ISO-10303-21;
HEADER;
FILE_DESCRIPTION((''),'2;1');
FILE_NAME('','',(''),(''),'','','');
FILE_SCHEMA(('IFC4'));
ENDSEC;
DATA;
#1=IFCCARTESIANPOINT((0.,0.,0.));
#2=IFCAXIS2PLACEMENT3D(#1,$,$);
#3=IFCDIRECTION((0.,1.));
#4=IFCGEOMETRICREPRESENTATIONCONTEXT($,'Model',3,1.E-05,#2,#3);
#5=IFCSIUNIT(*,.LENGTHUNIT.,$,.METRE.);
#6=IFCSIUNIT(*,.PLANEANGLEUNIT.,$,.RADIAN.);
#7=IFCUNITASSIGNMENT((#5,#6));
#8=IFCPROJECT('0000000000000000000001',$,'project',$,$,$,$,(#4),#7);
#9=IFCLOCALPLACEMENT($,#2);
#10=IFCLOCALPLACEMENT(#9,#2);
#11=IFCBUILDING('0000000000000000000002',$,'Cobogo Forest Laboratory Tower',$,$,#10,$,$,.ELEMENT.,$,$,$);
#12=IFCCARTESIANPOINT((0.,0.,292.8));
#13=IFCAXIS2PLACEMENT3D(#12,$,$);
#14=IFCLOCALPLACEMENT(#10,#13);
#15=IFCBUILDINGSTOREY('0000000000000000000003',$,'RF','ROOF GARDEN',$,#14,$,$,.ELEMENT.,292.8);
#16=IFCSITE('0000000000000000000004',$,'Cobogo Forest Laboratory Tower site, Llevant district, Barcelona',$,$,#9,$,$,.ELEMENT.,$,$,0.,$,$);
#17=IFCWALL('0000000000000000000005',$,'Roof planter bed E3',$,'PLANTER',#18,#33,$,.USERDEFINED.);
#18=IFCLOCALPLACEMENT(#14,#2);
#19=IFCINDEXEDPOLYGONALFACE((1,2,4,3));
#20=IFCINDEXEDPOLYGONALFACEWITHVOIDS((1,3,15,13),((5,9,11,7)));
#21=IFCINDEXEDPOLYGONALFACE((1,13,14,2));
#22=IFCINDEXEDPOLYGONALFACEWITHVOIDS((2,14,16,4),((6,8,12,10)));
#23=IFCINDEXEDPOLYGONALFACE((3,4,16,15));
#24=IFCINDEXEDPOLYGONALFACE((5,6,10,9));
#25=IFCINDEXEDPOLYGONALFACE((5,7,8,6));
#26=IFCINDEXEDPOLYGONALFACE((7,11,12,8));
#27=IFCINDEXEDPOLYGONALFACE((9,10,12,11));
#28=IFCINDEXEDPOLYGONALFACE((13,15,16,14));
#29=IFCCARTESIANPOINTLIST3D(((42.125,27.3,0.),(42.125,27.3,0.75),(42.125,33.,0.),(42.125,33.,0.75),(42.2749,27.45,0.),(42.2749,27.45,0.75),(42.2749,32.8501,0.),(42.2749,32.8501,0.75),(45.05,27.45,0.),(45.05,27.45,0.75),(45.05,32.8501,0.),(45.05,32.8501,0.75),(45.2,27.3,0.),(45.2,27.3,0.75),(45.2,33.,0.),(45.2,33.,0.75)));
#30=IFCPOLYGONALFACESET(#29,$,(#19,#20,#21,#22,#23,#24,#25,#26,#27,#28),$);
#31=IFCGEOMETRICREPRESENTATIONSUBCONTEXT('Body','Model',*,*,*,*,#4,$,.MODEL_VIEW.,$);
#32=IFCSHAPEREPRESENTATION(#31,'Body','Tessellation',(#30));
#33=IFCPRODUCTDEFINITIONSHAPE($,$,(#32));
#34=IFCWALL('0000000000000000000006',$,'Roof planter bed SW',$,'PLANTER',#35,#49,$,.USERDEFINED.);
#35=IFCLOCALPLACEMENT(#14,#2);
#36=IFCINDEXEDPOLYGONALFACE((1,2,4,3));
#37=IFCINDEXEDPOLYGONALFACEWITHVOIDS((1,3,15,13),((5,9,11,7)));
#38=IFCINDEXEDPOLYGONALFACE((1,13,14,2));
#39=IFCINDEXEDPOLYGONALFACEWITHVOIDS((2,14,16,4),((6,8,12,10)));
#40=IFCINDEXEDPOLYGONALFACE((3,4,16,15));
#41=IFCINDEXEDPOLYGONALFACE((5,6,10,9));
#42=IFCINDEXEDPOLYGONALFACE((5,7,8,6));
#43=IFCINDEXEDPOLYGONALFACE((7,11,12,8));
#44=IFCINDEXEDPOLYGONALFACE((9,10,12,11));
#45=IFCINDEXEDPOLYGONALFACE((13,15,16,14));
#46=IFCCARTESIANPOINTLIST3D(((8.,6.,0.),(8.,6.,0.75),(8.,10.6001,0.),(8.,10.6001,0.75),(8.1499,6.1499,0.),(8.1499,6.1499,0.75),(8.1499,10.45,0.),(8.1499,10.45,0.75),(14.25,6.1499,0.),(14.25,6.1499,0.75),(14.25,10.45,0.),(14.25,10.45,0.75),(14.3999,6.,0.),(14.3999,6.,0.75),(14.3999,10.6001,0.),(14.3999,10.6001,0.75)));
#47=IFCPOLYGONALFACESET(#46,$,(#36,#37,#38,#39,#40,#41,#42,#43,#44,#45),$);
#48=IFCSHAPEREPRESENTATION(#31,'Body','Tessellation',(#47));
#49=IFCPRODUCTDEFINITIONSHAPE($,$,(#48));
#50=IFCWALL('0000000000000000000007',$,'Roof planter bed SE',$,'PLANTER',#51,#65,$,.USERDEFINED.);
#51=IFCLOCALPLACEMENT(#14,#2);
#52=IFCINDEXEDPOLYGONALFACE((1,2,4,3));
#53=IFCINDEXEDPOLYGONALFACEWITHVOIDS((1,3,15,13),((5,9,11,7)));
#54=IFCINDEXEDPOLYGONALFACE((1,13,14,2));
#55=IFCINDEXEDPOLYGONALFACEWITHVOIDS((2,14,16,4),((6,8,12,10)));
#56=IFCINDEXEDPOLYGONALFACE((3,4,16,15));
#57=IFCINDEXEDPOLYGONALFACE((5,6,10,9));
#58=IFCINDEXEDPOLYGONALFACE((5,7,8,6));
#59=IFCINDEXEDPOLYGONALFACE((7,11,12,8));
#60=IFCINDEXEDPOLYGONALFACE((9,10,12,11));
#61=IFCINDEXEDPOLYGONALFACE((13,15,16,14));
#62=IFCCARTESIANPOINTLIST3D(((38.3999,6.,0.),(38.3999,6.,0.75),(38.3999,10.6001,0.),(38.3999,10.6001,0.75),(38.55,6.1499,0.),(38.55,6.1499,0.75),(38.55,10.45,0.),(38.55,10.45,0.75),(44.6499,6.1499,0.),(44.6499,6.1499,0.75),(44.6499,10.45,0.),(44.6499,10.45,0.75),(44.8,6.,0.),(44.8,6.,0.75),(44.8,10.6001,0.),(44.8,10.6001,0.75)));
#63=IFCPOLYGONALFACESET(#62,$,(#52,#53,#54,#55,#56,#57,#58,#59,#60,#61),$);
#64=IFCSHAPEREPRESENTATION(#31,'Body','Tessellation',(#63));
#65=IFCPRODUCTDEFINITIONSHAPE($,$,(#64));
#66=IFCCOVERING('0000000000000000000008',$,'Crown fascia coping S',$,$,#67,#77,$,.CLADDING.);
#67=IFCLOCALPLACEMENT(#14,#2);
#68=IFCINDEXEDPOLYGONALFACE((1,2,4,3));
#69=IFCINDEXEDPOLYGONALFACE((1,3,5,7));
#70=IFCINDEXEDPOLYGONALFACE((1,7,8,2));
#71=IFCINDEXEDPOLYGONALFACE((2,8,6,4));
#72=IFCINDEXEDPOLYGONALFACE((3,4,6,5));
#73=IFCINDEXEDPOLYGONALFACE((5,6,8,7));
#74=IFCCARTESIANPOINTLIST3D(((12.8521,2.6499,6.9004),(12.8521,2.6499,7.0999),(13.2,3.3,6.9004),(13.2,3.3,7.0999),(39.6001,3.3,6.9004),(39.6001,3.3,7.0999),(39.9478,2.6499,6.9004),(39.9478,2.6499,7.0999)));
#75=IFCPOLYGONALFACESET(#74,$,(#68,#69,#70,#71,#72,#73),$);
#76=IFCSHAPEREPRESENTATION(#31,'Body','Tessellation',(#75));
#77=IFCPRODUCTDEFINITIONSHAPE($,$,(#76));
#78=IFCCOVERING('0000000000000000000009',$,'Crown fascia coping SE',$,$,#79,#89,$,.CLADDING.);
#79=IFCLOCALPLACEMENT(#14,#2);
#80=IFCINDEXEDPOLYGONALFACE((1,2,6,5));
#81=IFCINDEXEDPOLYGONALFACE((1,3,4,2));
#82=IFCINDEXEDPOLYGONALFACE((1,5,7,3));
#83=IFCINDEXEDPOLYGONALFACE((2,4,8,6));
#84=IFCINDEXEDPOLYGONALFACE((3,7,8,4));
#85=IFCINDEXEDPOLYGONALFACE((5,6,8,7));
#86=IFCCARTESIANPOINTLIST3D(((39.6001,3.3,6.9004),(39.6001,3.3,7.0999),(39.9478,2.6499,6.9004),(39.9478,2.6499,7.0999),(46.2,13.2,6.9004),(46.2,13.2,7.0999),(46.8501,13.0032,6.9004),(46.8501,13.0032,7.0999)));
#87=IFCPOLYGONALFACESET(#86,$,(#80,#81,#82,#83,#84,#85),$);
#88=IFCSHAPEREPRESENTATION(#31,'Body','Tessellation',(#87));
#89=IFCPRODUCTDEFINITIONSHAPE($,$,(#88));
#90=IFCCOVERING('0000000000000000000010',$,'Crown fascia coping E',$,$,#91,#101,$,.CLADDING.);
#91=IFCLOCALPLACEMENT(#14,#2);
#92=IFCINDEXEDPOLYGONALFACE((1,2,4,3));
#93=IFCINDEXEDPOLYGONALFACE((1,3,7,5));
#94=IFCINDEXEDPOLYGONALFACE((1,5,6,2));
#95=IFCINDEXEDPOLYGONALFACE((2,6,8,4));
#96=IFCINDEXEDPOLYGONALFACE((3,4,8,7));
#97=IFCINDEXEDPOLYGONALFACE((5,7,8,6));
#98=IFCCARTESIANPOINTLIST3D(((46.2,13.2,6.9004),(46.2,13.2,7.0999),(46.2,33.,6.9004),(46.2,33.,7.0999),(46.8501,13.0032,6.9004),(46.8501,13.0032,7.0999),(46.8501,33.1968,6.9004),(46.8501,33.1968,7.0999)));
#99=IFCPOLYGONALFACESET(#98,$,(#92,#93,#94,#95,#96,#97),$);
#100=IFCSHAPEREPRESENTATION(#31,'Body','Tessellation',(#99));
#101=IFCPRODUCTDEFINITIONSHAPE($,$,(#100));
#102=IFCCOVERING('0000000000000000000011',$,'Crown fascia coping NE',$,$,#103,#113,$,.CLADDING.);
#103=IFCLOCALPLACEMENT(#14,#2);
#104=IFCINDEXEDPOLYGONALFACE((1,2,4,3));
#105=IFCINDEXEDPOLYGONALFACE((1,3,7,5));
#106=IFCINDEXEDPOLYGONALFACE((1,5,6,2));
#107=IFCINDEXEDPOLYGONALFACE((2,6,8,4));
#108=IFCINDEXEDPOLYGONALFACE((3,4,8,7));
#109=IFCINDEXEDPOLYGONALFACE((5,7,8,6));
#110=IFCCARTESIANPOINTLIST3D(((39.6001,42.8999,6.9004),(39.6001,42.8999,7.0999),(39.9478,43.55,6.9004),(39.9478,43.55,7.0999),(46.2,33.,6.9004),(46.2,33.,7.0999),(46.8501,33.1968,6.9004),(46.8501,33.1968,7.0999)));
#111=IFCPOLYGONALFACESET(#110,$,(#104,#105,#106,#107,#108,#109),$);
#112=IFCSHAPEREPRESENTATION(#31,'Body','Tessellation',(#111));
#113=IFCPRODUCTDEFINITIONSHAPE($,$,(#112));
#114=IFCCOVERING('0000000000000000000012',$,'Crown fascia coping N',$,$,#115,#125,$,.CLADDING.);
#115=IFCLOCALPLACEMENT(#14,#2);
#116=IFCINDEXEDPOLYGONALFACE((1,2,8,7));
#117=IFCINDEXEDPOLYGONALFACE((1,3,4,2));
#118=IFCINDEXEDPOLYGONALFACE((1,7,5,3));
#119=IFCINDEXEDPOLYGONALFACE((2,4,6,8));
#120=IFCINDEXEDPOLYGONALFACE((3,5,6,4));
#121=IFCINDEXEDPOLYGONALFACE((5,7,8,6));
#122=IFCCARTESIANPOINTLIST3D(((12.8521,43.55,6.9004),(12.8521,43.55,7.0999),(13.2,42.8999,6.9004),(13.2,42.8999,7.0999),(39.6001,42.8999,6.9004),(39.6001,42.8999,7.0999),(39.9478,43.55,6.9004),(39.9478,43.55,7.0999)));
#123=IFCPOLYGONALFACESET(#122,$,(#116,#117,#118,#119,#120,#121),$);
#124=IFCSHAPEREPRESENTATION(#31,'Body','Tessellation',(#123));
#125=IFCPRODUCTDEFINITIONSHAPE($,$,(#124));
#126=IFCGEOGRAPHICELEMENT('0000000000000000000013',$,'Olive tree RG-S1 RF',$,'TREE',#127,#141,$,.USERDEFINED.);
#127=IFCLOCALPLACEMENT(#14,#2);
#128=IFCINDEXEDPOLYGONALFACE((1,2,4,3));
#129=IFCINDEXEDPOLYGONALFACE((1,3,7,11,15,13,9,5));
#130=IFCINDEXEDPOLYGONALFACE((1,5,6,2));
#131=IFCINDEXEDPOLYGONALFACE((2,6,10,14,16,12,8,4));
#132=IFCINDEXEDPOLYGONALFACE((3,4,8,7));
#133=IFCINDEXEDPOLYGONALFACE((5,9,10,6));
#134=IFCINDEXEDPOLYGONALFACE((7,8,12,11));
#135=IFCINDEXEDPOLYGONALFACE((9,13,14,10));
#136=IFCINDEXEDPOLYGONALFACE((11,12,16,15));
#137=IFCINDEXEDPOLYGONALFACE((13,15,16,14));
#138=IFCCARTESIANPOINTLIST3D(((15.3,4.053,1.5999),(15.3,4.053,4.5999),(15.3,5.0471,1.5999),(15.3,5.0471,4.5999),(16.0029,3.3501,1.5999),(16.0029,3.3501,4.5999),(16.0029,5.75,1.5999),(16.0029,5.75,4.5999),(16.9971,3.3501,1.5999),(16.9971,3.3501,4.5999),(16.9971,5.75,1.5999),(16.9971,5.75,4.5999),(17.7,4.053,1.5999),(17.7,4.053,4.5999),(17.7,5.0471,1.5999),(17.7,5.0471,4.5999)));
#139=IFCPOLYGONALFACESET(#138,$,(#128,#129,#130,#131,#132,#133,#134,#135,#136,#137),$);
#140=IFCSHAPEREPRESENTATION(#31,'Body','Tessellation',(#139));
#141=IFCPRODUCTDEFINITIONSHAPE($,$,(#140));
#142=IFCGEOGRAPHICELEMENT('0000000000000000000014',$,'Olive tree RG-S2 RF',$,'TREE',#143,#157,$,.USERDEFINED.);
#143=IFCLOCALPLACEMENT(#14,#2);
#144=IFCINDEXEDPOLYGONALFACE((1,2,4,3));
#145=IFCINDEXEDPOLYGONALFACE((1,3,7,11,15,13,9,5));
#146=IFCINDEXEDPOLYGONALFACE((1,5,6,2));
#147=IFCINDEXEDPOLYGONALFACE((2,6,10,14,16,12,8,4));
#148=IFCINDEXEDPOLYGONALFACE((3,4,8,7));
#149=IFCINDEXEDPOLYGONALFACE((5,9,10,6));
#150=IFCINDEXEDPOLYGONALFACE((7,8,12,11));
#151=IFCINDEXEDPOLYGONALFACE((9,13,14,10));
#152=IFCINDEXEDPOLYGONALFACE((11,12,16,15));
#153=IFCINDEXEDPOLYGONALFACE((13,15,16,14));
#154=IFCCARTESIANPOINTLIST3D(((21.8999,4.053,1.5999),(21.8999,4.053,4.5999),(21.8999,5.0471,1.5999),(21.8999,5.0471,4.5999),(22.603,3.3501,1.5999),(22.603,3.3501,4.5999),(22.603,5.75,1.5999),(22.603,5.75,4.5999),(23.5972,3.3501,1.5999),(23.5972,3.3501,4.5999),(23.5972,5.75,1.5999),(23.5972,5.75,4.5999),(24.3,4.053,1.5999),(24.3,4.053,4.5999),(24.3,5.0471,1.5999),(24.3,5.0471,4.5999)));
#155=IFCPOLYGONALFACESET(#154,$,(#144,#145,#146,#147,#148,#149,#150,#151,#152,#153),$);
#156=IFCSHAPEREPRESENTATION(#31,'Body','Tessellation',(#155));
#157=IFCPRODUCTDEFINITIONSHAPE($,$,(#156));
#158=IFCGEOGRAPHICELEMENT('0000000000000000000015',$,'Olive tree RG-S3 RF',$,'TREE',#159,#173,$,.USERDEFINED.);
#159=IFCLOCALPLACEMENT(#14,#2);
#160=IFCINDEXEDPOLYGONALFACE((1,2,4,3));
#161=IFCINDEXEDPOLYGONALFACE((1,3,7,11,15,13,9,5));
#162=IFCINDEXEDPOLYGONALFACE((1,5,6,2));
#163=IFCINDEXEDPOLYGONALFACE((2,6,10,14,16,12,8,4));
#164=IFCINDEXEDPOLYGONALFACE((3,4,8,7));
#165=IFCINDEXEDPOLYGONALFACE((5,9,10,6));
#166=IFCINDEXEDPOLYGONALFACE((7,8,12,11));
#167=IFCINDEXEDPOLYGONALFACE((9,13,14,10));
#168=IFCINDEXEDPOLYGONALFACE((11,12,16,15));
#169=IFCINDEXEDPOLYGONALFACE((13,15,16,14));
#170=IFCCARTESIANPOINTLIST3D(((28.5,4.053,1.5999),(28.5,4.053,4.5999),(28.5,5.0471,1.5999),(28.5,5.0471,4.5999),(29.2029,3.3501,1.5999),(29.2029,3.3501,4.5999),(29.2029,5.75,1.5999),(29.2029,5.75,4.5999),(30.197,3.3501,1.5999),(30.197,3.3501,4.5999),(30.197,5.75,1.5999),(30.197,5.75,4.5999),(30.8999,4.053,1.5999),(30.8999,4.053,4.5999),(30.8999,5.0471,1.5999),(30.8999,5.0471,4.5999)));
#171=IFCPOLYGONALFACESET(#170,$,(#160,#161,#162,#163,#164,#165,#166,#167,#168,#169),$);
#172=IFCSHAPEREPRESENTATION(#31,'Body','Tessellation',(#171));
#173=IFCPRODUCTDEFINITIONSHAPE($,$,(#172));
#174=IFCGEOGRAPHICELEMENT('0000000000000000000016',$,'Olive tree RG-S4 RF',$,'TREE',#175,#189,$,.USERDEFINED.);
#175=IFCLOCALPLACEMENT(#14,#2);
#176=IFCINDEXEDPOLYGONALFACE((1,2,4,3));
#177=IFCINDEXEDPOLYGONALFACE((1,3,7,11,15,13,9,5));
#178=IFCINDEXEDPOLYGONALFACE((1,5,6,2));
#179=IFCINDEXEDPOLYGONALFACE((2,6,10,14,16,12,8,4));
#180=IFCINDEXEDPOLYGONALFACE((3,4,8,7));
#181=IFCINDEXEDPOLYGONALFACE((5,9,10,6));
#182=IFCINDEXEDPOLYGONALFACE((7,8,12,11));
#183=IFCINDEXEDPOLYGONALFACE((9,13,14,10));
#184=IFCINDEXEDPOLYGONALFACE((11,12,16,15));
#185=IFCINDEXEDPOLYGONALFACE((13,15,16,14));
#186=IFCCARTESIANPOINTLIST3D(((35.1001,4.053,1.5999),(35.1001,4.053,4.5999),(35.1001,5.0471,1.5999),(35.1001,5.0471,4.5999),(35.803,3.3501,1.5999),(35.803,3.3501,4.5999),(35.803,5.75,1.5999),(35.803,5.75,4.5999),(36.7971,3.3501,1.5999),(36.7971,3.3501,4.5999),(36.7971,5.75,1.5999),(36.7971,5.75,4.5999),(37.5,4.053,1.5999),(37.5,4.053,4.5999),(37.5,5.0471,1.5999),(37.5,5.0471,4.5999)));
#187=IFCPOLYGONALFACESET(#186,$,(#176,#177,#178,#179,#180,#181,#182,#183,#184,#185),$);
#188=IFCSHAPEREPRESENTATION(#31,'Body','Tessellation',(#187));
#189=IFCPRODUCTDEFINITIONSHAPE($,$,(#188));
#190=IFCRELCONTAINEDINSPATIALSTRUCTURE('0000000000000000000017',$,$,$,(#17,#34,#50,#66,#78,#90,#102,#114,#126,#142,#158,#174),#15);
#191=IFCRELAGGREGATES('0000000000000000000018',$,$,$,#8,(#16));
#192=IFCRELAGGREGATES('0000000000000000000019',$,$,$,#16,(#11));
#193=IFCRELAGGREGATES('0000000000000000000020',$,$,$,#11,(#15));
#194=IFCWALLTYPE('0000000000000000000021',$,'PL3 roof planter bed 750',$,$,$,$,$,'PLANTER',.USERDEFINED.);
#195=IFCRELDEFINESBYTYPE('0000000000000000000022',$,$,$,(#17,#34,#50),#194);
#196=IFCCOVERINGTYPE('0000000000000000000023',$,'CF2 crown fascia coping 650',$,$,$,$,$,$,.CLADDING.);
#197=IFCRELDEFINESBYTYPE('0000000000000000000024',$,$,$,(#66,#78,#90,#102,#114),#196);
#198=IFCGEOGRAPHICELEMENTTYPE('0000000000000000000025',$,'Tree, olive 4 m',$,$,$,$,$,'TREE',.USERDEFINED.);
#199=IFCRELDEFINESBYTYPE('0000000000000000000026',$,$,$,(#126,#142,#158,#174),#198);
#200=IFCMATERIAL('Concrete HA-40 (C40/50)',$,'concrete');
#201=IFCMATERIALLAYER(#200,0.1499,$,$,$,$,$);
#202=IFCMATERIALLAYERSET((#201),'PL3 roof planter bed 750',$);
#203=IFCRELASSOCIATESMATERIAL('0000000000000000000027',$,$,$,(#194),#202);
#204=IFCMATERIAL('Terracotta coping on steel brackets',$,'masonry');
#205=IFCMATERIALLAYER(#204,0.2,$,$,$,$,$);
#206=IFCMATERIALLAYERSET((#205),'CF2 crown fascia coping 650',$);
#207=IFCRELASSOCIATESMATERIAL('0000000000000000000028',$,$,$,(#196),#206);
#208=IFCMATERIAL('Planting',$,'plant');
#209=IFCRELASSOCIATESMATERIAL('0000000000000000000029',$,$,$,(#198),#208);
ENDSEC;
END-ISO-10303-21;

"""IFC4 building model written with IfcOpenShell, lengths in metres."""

from ifc_helpers import new_model, si_unit, direction, frame, origin, place, context, subcontext, project, spatial, polyline, outline, extrude, material, layer, layer_set, type_object, element, save


model = new_model("IFC4")

# Units and contexts
model_context = context("Model", 3, precision=1e-05, world=origin(), true_north=direction((0.0, 1.0)))
body_context = subcontext(model_context, "Body", "Model", "MODEL_VIEW")
ifc_project = project(units=[si_unit("LENGTHUNIT", "METRE"), si_unit("PLANEANGLEUNIT", "RADIAN")], contexts=[model_context])

# Site, building, storey
site_placement = place(None, origin())
site = spatial("IfcSite", under=ifc_project, at=site_placement, Name="Cobogo Forest Laboratory Tower site, Llevant district, Barcelona", CompositionType="ELEMENT", RefElevation=0.0)
building_placement = place(site_placement, origin())
building = spatial("IfcBuilding", under=site, at=building_placement, Name="Cobogo Forest Laboratory Tower", CompositionType="ELEMENT")
storey_placement = place(building_placement, frame((0.0, 0.0, 292.8)))
storey = spatial("IfcBuildingStorey", under=building, at=storey_placement, Name="RF", Description="ROOF GARDEN", CompositionType="ELEMENT", Elevation=292.8)

# Walls
ifc_material_1 = material(Name="Concrete HA-40 (C40/50)", Category="concrete")
ifc_layer_1 = layer(ifc_material_1, 0.1499)
ifc_layer_set_1 = layer_set([ifc_layer_1], Name="PL3 roof planter bed 750")
wall_type = type_object("IfcWallType", Name="PL3 roof planter bed 750", ElementType="PLANTER", PredefinedType="USERDEFINED", material=ifc_layer_set_1)
wall_1_placement = place(storey_placement, origin())
element("IfcWall", 1, at=wall_1_placement, inside=storey, type_object=wall_type, Name="Roof planter bed E3", ObjectType="PLANTER", PredefinedType="USERDEFINED", context=body_context, shape_type="SweptSolid", body=[
    extrude(outline(polyline([(42.125, 27.3), (45.2, 27.3), (45.2, 33.0), (42.125, 33.0), (42.125, 27.3)]), holes=[polyline([(42.2749, 27.45), (45.05, 27.45), (45.05, 32.8501), (42.2749, 32.8501), (42.2749, 27.45)])]), origin(), (0.0, 0.0, 1.0), 0.75),
])
wall_2_placement = place(storey_placement, origin())
element("IfcWall", 2, at=wall_2_placement, inside=storey, type_object=wall_type, Name="Roof planter bed SW", ObjectType="PLANTER", PredefinedType="USERDEFINED", context=body_context, shape_type="SweptSolid", body=[
    extrude(outline(polyline([(8.0, 6.0), (14.3999, 6.0), (14.3999, 10.6001), (8.0, 10.6001), (8.0, 6.0)]), holes=[polyline([(8.1499, 6.1499), (14.25, 6.1499), (14.25, 10.45), (8.1499, 10.45), (8.1499, 6.1499)])]), origin(), (0.0, 0.0, 1.0), 0.75),
])
wall_3_placement = place(storey_placement, origin())
element("IfcWall", 3, at=wall_3_placement, inside=storey, type_object=wall_type, Name="Roof planter bed SE", ObjectType="PLANTER", PredefinedType="USERDEFINED", context=body_context, shape_type="SweptSolid", body=[
    extrude(outline(polyline([(38.3999, 6.0), (44.8, 6.0), (44.8, 10.6001), (38.3999, 10.6001), (38.3999, 6.0)]), holes=[polyline([(38.55, 6.1499), (44.6499, 6.1499), (44.6499, 10.45), (38.55, 10.45), (38.55, 6.1499)])]), origin(), (0.0, 0.0, 1.0), 0.75),
])

# Coverings
ifc_material_2 = material(Name="Terracotta coping on steel brackets", Category="masonry")
ifc_layer_2 = layer(ifc_material_2, 0.2)
ifc_layer_set_2 = layer_set([ifc_layer_2], Name="CF2 crown fascia coping 650")
covering_type = type_object("IfcCoveringType", Name="CF2 crown fascia coping 650", PredefinedType="CLADDING", material=ifc_layer_set_2)
covering_1_placement = place(storey_placement, frame((0.0, 0.0, 6.9004)))
element("IfcCovering", 4, at=covering_1_placement, inside=storey, type_object=covering_type, Name="Crown fascia coping S", PredefinedType="CLADDING", context=body_context, shape_type="SweptSolid", body=[
    extrude(outline(polyline([(13.2, 3.3), (12.8521, 2.6499), (39.9478, 2.6499), (39.6001, 3.3), (13.2, 3.3)])), origin(), (0.0, 0.0, 1.0), 0.1995),
])
covering_2_placement = place(storey_placement, frame((0.0, 0.0, 6.9004)))
element("IfcCovering", 5, at=covering_2_placement, inside=storey, type_object=covering_type, Name="Crown fascia coping SE", PredefinedType="CLADDING", context=body_context, shape_type="SweptSolid", body=[
    extrude(outline(polyline([(39.6001, 3.3), (39.9478, 2.6499), (46.8501, 13.0032), (46.2, 13.2), (39.6001, 3.3)])), origin(), (0.0, 0.0, 1.0), 0.1995),
])
covering_3_placement = place(storey_placement, frame((0.0, 0.0, 6.9004)))
element("IfcCovering", 6, at=covering_3_placement, inside=storey, type_object=covering_type, Name="Crown fascia coping E", PredefinedType="CLADDING", context=body_context, shape_type="SweptSolid", body=[
    extrude(outline(polyline([(46.2, 13.2), (46.8501, 13.0032), (46.8501, 33.1968), (46.2, 33.0), (46.2, 13.2)])), origin(), (0.0, 0.0, 1.0), 0.1995),
])
covering_4_placement = place(storey_placement, frame((0.0, 0.0, 6.9004)))
element("IfcCovering", 7, at=covering_4_placement, inside=storey, type_object=covering_type, Name="Crown fascia coping NE", PredefinedType="CLADDING", context=body_context, shape_type="SweptSolid", body=[
    extrude(outline(polyline([(46.2, 33.0), (46.8501, 33.1968), (39.9478, 43.55), (39.6001, 42.8999), (46.2, 33.0)])), origin(), (0.0, 0.0, 1.0), 0.1995),
])
covering_5_placement = place(storey_placement, frame((0.0, 0.0, 6.9004)))
element("IfcCovering", 8, at=covering_5_placement, inside=storey, type_object=covering_type, Name="Crown fascia coping N", PredefinedType="CLADDING", context=body_context, shape_type="SweptSolid", body=[
    extrude(outline(polyline([(39.6001, 42.8999), (39.9478, 43.55), (12.8521, 43.55), (13.2, 42.8999), (39.6001, 42.8999)])), origin(), (0.0, 0.0, 1.0), 0.1995),
])

# Geographic elements
ifc_material_3 = material(Name="Planting", Category="plant")
geographic_element_type = type_object("IfcGeographicElementType", Name="Tree, olive 4 m", ElementType="TREE", PredefinedType="USERDEFINED", material=ifc_material_3)
geographic_element_1_placement = place(storey_placement, frame((0.0, 0.0, 1.5999)))
element("IfcGeographicElement", 9, at=geographic_element_1_placement, inside=storey, type_object=geographic_element_type, Name="Olive tree RG-S1 RF", ObjectType="TREE", PredefinedType="USERDEFINED", context=body_context, shape_type="SweptSolid", body=[
    extrude(outline(polyline([(17.7, 4.053), (17.7, 5.0471), (16.9971, 5.75), (16.0029, 5.75), (15.3, 5.0471), (15.3, 4.053), (16.0029, 3.3501), (16.9971, 3.3501), (17.7, 4.053)])), origin(), (0.0, 0.0, 1.0), 3.0),
])
geographic_element_2_placement = place(storey_placement, frame((0.0, 0.0, 1.5999)))
element("IfcGeographicElement", 10, at=geographic_element_2_placement, inside=storey, type_object=geographic_element_type, Name="Olive tree RG-S2 RF", ObjectType="TREE", PredefinedType="USERDEFINED", context=body_context, shape_type="SweptSolid", body=[
    extrude(outline(polyline([(24.3, 4.053), (24.3, 5.0471), (23.5972, 5.75), (22.603, 5.75), (21.8999, 5.0471), (21.8999, 4.053), (22.603, 3.3501), (23.5972, 3.3501), (24.3, 4.053)])), origin(), (0.0, 0.0, 1.0), 3.0),
])
geographic_element_3_placement = place(storey_placement, frame((0.0, 0.0, 1.5999)))
element("IfcGeographicElement", 11, at=geographic_element_3_placement, inside=storey, type_object=geographic_element_type, Name="Olive tree RG-S3 RF", ObjectType="TREE", PredefinedType="USERDEFINED", context=body_context, shape_type="SweptSolid", body=[
    extrude(outline(polyline([(30.8999, 4.053), (30.8999, 5.0471), (30.197, 5.75), (29.2029, 5.75), (28.5, 5.0471), (28.5, 4.053), (29.2029, 3.3501), (30.197, 3.3501), (30.8999, 4.053)])), origin(), (0.0, 0.0, 1.0), 3.0),
])
geographic_element_4_placement = place(storey_placement, frame((0.0, 0.0, 1.5999)))
element("IfcGeographicElement", 12, at=geographic_element_4_placement, inside=storey, type_object=geographic_element_type, Name="Olive tree RG-S4 RF", ObjectType="TREE", PredefinedType="USERDEFINED", context=body_context, shape_type="SweptSolid", body=[
    extrude(outline(polyline([(37.5, 4.053), (37.5, 5.0471), (36.7971, 5.75), (35.803, 5.75), (35.1001, 5.0471), (35.1001, 4.053), (35.803, 3.3501), (36.7971, 3.3501), (37.5, 4.053)])), origin(), (0.0, 0.0, 1.0), 3.0),
])

save(model, "model.ifc")
